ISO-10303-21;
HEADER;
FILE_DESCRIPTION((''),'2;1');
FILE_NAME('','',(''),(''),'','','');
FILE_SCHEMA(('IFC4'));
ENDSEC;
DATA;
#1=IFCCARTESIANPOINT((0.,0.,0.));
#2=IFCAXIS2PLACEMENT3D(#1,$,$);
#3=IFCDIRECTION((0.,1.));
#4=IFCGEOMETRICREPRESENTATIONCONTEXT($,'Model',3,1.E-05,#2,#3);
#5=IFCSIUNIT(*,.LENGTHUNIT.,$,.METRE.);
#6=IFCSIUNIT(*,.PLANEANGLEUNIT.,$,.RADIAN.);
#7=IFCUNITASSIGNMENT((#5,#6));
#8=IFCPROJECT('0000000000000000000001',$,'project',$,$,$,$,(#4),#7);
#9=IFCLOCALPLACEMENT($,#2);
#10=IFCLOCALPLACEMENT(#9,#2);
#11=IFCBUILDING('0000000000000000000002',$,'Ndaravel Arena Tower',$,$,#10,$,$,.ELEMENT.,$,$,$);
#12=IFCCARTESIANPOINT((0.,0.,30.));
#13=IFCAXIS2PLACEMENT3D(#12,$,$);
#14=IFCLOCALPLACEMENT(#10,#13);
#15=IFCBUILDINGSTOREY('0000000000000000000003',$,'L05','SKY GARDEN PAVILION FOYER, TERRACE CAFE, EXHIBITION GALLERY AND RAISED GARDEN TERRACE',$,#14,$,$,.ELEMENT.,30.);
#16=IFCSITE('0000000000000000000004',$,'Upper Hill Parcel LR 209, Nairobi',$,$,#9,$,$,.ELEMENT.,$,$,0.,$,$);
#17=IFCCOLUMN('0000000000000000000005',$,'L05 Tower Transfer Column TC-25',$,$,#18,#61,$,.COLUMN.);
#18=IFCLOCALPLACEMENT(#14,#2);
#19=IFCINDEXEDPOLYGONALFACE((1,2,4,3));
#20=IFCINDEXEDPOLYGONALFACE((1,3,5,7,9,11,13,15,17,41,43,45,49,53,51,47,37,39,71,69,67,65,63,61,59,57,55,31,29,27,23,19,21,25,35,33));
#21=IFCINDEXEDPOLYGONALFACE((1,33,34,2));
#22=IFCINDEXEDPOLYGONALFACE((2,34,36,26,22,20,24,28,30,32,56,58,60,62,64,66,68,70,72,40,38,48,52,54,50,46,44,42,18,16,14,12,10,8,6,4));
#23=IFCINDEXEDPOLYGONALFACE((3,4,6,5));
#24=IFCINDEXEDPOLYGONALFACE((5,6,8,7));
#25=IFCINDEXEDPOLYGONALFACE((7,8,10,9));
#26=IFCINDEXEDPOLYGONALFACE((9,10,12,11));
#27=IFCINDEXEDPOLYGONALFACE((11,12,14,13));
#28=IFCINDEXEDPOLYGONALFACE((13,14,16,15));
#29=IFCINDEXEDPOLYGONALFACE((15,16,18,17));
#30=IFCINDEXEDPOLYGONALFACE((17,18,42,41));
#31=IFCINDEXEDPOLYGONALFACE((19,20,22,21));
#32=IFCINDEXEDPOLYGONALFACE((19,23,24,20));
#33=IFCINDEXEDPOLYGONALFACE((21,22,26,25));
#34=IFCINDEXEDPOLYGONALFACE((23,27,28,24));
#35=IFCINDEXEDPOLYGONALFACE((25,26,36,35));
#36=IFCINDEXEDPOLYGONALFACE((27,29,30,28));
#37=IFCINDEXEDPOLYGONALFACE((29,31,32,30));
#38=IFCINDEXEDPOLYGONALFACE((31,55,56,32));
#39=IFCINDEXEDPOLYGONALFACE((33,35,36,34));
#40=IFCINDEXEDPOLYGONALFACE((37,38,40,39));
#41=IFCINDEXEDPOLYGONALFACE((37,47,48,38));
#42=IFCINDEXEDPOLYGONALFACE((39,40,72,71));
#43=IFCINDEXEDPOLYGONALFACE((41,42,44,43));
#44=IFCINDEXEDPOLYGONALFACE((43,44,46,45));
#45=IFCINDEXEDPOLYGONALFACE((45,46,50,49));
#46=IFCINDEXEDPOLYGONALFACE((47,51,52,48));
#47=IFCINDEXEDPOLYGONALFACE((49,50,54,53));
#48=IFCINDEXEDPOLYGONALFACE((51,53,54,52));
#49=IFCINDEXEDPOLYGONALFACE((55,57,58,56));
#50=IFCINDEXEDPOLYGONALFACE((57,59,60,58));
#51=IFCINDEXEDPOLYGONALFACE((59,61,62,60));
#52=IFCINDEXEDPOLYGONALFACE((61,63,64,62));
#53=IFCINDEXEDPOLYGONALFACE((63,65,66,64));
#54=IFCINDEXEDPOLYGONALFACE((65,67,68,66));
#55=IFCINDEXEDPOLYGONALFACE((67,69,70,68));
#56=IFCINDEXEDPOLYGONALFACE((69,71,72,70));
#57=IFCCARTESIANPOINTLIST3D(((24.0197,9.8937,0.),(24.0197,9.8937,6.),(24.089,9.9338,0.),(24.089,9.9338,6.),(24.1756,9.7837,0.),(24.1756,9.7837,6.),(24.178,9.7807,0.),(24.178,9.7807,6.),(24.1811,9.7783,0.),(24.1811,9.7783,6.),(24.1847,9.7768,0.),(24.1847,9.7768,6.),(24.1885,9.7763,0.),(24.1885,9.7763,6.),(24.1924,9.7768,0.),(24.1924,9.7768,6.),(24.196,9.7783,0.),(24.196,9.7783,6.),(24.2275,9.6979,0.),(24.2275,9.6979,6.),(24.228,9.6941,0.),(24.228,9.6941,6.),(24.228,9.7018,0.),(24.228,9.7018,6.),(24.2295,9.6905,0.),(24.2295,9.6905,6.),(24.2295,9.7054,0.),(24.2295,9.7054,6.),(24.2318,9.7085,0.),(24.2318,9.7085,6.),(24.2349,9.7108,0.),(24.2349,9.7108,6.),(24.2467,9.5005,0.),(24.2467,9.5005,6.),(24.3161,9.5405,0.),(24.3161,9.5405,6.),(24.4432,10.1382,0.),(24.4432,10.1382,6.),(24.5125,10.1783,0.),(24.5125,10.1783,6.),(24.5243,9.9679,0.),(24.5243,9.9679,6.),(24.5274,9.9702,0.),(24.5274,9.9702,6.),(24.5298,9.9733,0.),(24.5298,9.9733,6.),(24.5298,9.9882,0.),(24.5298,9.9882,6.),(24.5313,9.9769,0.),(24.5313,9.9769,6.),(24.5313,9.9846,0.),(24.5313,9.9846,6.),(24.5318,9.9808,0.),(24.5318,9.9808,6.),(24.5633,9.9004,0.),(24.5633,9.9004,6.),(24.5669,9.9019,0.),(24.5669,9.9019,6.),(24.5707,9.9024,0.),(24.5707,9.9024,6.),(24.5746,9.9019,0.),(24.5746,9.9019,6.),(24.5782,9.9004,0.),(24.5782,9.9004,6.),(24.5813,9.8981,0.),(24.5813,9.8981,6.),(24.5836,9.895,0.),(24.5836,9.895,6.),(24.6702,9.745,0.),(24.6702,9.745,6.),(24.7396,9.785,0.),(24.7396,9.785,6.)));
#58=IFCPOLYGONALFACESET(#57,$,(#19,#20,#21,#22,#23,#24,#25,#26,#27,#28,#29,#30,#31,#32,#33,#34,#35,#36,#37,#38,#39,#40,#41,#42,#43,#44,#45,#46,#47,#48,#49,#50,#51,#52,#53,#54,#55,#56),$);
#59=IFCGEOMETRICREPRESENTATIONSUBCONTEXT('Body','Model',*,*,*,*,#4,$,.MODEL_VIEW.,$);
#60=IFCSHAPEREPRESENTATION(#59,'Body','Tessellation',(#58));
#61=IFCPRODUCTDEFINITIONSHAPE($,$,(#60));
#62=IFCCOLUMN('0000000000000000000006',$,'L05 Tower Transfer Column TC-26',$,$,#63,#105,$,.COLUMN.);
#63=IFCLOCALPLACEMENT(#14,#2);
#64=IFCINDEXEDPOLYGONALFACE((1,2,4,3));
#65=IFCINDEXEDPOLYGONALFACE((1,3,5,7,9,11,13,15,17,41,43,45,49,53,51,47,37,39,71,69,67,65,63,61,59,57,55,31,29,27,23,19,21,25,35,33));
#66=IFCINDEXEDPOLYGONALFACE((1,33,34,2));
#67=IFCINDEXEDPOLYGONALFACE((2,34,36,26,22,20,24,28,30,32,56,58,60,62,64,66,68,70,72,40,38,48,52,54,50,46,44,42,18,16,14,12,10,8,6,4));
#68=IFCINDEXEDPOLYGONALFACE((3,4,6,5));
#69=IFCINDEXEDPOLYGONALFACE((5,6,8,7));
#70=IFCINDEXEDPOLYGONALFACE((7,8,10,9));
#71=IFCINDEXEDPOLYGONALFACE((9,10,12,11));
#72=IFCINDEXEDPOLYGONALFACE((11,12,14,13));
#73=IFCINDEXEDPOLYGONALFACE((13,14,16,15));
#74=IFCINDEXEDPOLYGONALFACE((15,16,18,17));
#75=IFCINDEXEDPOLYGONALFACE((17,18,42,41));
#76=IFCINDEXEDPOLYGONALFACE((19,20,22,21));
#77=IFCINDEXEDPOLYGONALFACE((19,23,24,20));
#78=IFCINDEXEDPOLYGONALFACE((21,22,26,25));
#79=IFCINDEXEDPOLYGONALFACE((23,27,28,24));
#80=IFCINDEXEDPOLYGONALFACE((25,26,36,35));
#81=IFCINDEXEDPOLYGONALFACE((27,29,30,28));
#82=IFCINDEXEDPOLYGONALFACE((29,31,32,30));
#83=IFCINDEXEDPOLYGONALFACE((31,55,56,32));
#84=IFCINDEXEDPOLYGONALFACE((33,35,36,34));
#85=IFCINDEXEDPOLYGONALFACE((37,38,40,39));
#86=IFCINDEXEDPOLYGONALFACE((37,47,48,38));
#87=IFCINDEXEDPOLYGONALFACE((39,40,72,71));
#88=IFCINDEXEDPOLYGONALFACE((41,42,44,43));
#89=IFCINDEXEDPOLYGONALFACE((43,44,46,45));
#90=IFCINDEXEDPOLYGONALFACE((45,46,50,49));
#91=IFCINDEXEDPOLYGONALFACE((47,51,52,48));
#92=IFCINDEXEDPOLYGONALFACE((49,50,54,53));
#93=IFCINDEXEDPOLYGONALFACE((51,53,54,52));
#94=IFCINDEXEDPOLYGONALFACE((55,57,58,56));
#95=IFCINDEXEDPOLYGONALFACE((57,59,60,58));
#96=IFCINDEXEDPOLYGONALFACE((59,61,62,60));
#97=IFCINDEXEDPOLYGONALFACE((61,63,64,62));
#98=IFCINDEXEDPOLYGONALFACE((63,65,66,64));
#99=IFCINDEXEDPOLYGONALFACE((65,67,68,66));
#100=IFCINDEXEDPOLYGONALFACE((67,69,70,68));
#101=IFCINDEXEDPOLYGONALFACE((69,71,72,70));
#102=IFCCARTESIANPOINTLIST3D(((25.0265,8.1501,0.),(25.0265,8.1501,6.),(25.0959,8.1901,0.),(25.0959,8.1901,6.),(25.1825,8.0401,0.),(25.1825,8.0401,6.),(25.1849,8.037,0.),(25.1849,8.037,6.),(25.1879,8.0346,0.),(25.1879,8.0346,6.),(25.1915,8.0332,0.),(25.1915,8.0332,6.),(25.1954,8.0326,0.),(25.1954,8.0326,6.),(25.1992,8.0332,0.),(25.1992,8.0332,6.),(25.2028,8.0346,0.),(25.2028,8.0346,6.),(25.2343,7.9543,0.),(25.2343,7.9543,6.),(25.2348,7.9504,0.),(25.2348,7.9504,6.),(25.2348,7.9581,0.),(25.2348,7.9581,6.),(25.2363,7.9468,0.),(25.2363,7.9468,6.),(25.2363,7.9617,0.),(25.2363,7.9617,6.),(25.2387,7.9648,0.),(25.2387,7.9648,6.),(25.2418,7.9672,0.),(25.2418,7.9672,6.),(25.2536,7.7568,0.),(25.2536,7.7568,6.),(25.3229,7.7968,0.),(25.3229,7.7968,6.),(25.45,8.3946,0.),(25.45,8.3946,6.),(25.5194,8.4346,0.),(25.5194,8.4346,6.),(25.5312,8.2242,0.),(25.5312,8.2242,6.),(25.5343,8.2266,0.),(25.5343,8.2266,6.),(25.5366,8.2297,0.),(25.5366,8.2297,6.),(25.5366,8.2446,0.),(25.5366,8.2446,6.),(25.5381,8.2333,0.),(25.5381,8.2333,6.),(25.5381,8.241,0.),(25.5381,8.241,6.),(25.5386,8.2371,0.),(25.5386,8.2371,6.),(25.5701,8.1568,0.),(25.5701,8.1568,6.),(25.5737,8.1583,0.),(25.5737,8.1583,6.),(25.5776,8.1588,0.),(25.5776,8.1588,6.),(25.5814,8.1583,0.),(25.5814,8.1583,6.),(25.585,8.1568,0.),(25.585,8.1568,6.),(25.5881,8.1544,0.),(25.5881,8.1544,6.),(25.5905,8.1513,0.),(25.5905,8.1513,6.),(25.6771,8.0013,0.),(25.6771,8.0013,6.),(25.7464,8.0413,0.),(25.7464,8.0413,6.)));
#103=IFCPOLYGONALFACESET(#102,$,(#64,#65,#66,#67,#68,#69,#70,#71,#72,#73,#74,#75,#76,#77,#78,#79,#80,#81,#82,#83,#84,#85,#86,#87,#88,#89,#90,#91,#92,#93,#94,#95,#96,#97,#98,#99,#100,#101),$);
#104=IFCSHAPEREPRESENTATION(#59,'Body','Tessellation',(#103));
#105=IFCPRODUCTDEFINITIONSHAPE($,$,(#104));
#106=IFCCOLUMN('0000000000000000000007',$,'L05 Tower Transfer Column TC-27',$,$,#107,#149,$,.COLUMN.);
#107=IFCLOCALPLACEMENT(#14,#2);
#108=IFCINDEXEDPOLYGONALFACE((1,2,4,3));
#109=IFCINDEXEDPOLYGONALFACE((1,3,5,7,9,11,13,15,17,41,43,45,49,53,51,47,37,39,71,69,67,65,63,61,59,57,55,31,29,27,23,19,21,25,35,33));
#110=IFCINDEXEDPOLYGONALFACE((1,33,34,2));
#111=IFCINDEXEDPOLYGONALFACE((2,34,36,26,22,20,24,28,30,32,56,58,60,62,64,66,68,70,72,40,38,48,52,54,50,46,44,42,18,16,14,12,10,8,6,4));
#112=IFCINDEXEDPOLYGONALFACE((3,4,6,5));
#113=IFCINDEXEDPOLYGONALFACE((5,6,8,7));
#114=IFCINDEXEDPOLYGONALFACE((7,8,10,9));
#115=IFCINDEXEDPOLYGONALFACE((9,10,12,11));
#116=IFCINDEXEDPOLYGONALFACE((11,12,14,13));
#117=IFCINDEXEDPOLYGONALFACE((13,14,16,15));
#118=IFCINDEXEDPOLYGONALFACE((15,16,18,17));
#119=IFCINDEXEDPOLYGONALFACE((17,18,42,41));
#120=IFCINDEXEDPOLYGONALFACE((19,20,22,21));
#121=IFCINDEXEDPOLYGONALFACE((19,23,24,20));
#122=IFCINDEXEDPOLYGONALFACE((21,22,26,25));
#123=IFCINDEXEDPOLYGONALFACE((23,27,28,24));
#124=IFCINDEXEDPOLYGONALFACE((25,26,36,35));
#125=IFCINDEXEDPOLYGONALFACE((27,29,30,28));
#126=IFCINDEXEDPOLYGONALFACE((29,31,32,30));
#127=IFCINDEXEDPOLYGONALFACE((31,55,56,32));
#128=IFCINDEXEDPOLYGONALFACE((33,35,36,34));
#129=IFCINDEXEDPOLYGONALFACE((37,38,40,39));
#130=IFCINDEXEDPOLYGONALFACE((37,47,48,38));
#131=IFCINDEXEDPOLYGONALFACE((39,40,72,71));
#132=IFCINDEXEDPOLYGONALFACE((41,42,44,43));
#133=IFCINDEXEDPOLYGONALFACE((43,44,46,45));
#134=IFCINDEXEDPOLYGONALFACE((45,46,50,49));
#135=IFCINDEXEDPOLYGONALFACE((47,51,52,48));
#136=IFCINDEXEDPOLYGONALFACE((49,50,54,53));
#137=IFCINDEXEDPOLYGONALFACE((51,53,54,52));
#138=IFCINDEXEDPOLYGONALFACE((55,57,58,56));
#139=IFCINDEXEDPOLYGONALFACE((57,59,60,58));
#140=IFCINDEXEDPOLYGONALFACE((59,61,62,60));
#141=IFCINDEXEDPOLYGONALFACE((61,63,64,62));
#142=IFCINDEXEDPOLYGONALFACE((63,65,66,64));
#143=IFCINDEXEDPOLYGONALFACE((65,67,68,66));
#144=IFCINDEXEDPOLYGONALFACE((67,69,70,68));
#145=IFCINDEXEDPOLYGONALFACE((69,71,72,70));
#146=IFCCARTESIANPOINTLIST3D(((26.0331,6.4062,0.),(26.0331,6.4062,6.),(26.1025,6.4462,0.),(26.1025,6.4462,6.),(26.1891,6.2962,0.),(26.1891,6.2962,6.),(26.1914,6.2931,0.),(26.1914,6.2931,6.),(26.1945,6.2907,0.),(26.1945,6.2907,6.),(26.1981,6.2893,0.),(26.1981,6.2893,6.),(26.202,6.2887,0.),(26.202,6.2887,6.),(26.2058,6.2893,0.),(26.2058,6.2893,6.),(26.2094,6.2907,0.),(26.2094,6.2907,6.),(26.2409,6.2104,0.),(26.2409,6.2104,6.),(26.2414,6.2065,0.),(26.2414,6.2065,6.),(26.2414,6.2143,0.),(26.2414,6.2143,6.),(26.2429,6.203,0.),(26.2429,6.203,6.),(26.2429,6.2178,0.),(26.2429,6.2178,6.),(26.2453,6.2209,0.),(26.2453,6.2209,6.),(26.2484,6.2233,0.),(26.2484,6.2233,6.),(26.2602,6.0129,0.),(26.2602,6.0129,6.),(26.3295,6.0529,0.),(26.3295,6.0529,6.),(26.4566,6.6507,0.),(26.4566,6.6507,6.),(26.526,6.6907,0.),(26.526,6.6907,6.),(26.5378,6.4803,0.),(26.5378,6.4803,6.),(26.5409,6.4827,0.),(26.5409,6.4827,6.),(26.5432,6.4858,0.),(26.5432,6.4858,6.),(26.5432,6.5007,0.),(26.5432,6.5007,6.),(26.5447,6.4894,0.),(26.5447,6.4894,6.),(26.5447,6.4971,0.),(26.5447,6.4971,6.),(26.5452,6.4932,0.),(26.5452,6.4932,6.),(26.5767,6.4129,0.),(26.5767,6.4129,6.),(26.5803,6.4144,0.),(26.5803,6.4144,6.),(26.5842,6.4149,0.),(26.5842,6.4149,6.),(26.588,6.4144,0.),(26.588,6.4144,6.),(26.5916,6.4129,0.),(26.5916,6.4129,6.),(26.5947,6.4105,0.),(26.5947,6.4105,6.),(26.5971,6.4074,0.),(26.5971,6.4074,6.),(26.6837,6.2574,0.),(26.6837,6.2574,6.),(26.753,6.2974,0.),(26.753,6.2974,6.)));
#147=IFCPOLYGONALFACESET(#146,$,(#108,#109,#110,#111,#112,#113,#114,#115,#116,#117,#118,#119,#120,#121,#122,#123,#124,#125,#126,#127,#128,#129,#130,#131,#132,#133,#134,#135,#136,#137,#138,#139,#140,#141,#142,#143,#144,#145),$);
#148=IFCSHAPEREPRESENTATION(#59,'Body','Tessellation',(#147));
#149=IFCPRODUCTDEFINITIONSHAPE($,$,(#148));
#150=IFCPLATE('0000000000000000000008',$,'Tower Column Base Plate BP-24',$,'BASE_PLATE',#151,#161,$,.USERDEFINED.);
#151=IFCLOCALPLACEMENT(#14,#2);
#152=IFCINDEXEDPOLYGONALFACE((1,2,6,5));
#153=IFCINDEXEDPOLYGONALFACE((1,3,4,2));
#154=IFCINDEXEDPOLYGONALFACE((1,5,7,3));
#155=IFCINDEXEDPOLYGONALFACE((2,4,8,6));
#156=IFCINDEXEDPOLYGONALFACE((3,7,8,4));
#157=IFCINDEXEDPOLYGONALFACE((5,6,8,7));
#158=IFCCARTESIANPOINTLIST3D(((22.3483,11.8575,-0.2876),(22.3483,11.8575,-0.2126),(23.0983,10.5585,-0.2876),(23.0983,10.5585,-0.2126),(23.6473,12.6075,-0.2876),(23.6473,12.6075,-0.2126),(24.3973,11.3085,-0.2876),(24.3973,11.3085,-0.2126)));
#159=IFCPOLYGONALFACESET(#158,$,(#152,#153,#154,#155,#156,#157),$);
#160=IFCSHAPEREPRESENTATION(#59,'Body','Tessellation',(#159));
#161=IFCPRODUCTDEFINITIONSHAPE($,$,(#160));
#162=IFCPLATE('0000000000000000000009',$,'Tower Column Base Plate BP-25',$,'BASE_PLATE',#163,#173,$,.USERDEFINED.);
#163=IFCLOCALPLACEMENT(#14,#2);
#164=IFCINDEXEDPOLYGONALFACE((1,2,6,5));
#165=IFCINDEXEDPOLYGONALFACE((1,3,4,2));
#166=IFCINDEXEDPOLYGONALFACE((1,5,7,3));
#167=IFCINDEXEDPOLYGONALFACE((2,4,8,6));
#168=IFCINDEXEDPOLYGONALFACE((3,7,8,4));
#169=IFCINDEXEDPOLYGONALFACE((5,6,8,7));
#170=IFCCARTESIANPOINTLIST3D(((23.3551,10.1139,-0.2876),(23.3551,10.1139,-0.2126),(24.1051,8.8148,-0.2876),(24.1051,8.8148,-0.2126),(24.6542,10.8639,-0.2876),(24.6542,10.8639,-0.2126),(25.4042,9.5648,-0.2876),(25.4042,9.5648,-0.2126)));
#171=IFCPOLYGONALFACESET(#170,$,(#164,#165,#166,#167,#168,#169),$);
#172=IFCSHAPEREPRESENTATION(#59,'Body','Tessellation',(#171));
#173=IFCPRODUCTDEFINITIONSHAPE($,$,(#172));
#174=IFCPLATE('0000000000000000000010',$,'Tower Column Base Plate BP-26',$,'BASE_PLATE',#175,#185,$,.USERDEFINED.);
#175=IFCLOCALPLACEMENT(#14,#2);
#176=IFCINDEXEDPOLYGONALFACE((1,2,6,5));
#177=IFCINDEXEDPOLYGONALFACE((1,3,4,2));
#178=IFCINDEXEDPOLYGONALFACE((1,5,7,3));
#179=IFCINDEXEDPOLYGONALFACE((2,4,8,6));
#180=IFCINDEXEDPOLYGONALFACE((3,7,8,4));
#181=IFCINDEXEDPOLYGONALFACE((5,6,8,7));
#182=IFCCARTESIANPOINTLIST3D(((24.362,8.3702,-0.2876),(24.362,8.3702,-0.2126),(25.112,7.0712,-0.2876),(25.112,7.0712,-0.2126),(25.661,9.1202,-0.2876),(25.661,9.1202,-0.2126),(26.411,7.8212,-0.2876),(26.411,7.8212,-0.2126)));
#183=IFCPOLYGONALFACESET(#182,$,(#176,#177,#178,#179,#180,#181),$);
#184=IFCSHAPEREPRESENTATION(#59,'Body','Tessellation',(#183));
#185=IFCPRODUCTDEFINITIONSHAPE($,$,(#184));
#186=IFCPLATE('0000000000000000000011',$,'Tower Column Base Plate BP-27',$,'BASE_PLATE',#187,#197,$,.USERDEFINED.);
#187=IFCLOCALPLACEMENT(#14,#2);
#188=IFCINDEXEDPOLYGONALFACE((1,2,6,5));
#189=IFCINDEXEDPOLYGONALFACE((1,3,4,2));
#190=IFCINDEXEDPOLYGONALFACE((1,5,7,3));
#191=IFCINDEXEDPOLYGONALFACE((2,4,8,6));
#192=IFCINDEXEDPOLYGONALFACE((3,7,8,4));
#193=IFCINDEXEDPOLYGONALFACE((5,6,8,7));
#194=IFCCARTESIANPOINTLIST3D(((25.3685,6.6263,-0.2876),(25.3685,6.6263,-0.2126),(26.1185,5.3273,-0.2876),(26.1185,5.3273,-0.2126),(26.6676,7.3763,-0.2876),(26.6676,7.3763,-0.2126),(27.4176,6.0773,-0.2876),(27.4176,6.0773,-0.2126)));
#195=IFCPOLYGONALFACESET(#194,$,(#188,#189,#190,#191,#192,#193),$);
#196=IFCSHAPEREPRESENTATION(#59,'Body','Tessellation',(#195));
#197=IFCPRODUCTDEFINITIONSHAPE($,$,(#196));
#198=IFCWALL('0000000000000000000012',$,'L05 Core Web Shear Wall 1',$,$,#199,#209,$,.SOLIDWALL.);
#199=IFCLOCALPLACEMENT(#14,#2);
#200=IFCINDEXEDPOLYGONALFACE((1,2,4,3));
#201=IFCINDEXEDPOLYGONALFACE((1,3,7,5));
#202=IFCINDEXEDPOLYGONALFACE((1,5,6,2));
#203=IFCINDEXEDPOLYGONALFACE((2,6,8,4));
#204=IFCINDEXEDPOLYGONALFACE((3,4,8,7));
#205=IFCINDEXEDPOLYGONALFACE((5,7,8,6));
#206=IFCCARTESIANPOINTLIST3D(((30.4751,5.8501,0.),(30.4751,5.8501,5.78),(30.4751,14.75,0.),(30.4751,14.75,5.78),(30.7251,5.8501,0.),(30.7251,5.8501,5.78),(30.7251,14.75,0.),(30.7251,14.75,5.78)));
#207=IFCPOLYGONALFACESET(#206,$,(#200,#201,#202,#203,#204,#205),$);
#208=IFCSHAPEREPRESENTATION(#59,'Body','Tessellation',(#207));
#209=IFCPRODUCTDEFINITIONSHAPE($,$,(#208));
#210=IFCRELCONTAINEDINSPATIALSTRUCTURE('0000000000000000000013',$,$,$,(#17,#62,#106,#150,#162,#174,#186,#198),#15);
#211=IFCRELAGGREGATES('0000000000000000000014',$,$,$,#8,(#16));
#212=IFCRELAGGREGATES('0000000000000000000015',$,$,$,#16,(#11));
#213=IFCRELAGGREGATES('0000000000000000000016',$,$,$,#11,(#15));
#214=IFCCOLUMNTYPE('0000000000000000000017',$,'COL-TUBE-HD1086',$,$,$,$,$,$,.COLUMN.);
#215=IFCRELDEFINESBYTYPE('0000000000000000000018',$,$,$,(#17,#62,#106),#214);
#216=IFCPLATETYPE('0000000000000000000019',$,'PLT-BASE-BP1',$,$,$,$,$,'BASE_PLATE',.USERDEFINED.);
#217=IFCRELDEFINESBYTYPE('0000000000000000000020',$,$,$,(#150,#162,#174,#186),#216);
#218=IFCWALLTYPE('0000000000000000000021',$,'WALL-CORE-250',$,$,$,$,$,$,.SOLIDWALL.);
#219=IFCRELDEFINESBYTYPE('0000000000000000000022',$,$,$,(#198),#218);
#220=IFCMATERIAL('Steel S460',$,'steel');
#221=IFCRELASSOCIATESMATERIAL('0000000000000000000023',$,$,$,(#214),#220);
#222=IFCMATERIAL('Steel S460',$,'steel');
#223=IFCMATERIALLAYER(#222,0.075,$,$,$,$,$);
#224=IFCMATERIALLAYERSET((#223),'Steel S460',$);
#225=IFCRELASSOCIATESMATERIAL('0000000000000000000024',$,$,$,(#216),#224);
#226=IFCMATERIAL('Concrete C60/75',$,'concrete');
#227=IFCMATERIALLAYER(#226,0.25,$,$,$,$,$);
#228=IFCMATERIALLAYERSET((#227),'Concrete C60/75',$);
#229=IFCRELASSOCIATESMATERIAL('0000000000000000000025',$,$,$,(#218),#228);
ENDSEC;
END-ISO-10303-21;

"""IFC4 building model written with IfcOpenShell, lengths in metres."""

from ifc_helpers import new_model, si_unit, direction, frame, frame_2d, origin, origin_2d, place, context, subcontext, project, spatial, rectangle, i_section, extrude, material, layer, layer_set, material_profile, profile_set, type_object, element, save


model = new_model("IFC4")

# Units and contexts
model_context = context("Model", 3, precision=1e-05, world=origin(), true_north=direction((0.0, 1.0)))
body_context = subcontext(model_context, "Body", "Model", "MODEL_VIEW")
ifc_project = project(units=[si_unit("LENGTHUNIT", "METRE"), si_unit("PLANEANGLEUNIT", "RADIAN")], contexts=[model_context])

# Site, building, storey
site_placement = place(None, origin())
site = spatial("IfcSite", under=ifc_project, at=site_placement, Name="Upper Hill Parcel LR 209, Nairobi", CompositionType="ELEMENT", RefElevation=0.0)
building_placement = place(site_placement, origin())
building = spatial("IfcBuilding", under=site, at=building_placement, Name="Ndaravel Arena Tower", CompositionType="ELEMENT")
storey_placement = place(building_placement, frame((0.0, 0.0, 30.0)))
storey = spatial("IfcBuildingStorey", under=building, at=storey_placement, Name="L05", Description="SKY GARDEN PAVILION FOYER, TERRACE CAFE, EXHIBITION GALLERY AND RAISED GARDEN TERRACE", CompositionType="ELEMENT", Elevation=30.0)

# Columns
ifc_material_1 = material(Name="Steel S460", Category="steel")
ifc_material_profile = material_profile(ifc_material_1, i_section(OverallWidth=0.4541, OverallDepth=0.5691, WebThickness=0.0779, FlangeThickness=0.0801, FilletRadius=0.0149, at=origin_2d()), Name="HD 400x1086")
ifc_profile_set = profile_set([ifc_material_profile], Name="Steel S460")
column_type = type_object("IfcColumnType", Name="COL-TUBE-HD1086", PredefinedType="COLUMN", material=ifc_profile_set)
for number, where, z_axis, x_axis, name in (
    (1, (24.3796, 9.8394, 0.0), (0.0, 0.0, 1.0), (-0.5, 0.866025, 0.0), "L05 Tower Transfer Column TC-25"),
    (2, (25.3865, 8.0957, 0.0), (0.0, 0.0, 1.0), (-0.5, 0.866025, 0.0), "L05 Tower Transfer Column TC-26"),
    (3, (26.3931, 6.3518, 0.0), (0.0, 0.0, 1.0), (-0.5, 0.866025, 0.0), "L05 Tower Transfer Column TC-27"),
):
    element("IfcColumn", number, at=place(storey_placement, frame(where, z_axis=z_axis, x_axis=x_axis)), inside=storey, type_object=column_type, Name=name, PredefinedType="COLUMN", context=body_context, shape_type="SweptSolid", body=[
        extrude(i_section(OverallWidth=0.4541, OverallDepth=0.5691, WebThickness=0.0779, FlangeThickness=0.0801, FilletRadius=0.0149, at=origin_2d()), origin(), (0.0, 0.0, 1.0), 6.0),
    ])

# Plates
ifc_material_2 = material(Name="Steel S460", Category="steel")
ifc_layer_1 = layer(ifc_material_2, 0.075)
ifc_layer_set_1 = layer_set([ifc_layer_1], Name="Steel S460")
plate_type = type_object("IfcPlateType", Name="PLT-BASE-BP1", ElementType="BASE_PLATE", PredefinedType="USERDEFINED", material=ifc_layer_set_1)
for number, where, z_axis, x_axis, name in (
    (4, (23.3728, 11.583, -0.2876), (0.0, 0.0, 1.0), (-0.5, 0.866025, 0.0), "Tower Column Base Plate BP-24"),
    (5, (24.3796, 9.8394, -0.2876), (0.0, 0.0, 1.0), (-0.5, 0.866025, 0.0), "Tower Column Base Plate BP-25"),
    (6, (25.3865, 8.0957, -0.2876), (0.0, 0.0, 1.0), (-0.5, 0.866025, 0.0), "Tower Column Base Plate BP-26"),
    (7, (26.3931, 6.3518, -0.2876), (0.0, 0.0, 1.0), (-0.5, 0.866025, 0.0), "Tower Column Base Plate BP-27"),
):
    element("IfcPlate", number, at=place(storey_placement, frame(where, z_axis=z_axis, x_axis=x_axis)), inside=storey, type_object=plate_type, Name=name, ObjectType="BASE_PLATE", PredefinedType="USERDEFINED", context=body_context, shape_type="SweptSolid", body=[
        extrude(rectangle(XDim=1.5, YDim=1.5, at=origin_2d()), origin(), (0.0, 0.0, 1.0), 0.075),
    ])

# Wall
ifc_material_3 = material(Name="Concrete C60/75", Category="concrete")
ifc_layer_2 = layer(ifc_material_3, 0.25)
ifc_layer_set_2 = layer_set([ifc_layer_2], Name="Concrete C60/75")
wall_type_1 = type_object("IfcWallType", Name="WALL-CORE-250", PredefinedType="SOLIDWALL", material=ifc_layer_set_2)
for number, where, z_axis, x_axis, name in (
    (8, (30.6001, 5.8501, 0.0), (0.0, 0.0, 1.0), (0.0, 1.0, 0.0), "L05 Core Web Shear Wall 1"),
):
    element("IfcWall", number, at=place(storey_placement, frame(where, z_axis=z_axis, x_axis=x_axis)), inside=storey, type_object=wall_type_1, Name=name, PredefinedType="SOLIDWALL", context=body_context, shape_type="SweptSolid", body=[
        extrude(rectangle(XDim=8.8999, YDim=0.25, at=frame_2d((4.45, 0.0))), origin(), (0.0, 0.0, 1.0), 5.78),
    ])

save(model, "model.ifc")
